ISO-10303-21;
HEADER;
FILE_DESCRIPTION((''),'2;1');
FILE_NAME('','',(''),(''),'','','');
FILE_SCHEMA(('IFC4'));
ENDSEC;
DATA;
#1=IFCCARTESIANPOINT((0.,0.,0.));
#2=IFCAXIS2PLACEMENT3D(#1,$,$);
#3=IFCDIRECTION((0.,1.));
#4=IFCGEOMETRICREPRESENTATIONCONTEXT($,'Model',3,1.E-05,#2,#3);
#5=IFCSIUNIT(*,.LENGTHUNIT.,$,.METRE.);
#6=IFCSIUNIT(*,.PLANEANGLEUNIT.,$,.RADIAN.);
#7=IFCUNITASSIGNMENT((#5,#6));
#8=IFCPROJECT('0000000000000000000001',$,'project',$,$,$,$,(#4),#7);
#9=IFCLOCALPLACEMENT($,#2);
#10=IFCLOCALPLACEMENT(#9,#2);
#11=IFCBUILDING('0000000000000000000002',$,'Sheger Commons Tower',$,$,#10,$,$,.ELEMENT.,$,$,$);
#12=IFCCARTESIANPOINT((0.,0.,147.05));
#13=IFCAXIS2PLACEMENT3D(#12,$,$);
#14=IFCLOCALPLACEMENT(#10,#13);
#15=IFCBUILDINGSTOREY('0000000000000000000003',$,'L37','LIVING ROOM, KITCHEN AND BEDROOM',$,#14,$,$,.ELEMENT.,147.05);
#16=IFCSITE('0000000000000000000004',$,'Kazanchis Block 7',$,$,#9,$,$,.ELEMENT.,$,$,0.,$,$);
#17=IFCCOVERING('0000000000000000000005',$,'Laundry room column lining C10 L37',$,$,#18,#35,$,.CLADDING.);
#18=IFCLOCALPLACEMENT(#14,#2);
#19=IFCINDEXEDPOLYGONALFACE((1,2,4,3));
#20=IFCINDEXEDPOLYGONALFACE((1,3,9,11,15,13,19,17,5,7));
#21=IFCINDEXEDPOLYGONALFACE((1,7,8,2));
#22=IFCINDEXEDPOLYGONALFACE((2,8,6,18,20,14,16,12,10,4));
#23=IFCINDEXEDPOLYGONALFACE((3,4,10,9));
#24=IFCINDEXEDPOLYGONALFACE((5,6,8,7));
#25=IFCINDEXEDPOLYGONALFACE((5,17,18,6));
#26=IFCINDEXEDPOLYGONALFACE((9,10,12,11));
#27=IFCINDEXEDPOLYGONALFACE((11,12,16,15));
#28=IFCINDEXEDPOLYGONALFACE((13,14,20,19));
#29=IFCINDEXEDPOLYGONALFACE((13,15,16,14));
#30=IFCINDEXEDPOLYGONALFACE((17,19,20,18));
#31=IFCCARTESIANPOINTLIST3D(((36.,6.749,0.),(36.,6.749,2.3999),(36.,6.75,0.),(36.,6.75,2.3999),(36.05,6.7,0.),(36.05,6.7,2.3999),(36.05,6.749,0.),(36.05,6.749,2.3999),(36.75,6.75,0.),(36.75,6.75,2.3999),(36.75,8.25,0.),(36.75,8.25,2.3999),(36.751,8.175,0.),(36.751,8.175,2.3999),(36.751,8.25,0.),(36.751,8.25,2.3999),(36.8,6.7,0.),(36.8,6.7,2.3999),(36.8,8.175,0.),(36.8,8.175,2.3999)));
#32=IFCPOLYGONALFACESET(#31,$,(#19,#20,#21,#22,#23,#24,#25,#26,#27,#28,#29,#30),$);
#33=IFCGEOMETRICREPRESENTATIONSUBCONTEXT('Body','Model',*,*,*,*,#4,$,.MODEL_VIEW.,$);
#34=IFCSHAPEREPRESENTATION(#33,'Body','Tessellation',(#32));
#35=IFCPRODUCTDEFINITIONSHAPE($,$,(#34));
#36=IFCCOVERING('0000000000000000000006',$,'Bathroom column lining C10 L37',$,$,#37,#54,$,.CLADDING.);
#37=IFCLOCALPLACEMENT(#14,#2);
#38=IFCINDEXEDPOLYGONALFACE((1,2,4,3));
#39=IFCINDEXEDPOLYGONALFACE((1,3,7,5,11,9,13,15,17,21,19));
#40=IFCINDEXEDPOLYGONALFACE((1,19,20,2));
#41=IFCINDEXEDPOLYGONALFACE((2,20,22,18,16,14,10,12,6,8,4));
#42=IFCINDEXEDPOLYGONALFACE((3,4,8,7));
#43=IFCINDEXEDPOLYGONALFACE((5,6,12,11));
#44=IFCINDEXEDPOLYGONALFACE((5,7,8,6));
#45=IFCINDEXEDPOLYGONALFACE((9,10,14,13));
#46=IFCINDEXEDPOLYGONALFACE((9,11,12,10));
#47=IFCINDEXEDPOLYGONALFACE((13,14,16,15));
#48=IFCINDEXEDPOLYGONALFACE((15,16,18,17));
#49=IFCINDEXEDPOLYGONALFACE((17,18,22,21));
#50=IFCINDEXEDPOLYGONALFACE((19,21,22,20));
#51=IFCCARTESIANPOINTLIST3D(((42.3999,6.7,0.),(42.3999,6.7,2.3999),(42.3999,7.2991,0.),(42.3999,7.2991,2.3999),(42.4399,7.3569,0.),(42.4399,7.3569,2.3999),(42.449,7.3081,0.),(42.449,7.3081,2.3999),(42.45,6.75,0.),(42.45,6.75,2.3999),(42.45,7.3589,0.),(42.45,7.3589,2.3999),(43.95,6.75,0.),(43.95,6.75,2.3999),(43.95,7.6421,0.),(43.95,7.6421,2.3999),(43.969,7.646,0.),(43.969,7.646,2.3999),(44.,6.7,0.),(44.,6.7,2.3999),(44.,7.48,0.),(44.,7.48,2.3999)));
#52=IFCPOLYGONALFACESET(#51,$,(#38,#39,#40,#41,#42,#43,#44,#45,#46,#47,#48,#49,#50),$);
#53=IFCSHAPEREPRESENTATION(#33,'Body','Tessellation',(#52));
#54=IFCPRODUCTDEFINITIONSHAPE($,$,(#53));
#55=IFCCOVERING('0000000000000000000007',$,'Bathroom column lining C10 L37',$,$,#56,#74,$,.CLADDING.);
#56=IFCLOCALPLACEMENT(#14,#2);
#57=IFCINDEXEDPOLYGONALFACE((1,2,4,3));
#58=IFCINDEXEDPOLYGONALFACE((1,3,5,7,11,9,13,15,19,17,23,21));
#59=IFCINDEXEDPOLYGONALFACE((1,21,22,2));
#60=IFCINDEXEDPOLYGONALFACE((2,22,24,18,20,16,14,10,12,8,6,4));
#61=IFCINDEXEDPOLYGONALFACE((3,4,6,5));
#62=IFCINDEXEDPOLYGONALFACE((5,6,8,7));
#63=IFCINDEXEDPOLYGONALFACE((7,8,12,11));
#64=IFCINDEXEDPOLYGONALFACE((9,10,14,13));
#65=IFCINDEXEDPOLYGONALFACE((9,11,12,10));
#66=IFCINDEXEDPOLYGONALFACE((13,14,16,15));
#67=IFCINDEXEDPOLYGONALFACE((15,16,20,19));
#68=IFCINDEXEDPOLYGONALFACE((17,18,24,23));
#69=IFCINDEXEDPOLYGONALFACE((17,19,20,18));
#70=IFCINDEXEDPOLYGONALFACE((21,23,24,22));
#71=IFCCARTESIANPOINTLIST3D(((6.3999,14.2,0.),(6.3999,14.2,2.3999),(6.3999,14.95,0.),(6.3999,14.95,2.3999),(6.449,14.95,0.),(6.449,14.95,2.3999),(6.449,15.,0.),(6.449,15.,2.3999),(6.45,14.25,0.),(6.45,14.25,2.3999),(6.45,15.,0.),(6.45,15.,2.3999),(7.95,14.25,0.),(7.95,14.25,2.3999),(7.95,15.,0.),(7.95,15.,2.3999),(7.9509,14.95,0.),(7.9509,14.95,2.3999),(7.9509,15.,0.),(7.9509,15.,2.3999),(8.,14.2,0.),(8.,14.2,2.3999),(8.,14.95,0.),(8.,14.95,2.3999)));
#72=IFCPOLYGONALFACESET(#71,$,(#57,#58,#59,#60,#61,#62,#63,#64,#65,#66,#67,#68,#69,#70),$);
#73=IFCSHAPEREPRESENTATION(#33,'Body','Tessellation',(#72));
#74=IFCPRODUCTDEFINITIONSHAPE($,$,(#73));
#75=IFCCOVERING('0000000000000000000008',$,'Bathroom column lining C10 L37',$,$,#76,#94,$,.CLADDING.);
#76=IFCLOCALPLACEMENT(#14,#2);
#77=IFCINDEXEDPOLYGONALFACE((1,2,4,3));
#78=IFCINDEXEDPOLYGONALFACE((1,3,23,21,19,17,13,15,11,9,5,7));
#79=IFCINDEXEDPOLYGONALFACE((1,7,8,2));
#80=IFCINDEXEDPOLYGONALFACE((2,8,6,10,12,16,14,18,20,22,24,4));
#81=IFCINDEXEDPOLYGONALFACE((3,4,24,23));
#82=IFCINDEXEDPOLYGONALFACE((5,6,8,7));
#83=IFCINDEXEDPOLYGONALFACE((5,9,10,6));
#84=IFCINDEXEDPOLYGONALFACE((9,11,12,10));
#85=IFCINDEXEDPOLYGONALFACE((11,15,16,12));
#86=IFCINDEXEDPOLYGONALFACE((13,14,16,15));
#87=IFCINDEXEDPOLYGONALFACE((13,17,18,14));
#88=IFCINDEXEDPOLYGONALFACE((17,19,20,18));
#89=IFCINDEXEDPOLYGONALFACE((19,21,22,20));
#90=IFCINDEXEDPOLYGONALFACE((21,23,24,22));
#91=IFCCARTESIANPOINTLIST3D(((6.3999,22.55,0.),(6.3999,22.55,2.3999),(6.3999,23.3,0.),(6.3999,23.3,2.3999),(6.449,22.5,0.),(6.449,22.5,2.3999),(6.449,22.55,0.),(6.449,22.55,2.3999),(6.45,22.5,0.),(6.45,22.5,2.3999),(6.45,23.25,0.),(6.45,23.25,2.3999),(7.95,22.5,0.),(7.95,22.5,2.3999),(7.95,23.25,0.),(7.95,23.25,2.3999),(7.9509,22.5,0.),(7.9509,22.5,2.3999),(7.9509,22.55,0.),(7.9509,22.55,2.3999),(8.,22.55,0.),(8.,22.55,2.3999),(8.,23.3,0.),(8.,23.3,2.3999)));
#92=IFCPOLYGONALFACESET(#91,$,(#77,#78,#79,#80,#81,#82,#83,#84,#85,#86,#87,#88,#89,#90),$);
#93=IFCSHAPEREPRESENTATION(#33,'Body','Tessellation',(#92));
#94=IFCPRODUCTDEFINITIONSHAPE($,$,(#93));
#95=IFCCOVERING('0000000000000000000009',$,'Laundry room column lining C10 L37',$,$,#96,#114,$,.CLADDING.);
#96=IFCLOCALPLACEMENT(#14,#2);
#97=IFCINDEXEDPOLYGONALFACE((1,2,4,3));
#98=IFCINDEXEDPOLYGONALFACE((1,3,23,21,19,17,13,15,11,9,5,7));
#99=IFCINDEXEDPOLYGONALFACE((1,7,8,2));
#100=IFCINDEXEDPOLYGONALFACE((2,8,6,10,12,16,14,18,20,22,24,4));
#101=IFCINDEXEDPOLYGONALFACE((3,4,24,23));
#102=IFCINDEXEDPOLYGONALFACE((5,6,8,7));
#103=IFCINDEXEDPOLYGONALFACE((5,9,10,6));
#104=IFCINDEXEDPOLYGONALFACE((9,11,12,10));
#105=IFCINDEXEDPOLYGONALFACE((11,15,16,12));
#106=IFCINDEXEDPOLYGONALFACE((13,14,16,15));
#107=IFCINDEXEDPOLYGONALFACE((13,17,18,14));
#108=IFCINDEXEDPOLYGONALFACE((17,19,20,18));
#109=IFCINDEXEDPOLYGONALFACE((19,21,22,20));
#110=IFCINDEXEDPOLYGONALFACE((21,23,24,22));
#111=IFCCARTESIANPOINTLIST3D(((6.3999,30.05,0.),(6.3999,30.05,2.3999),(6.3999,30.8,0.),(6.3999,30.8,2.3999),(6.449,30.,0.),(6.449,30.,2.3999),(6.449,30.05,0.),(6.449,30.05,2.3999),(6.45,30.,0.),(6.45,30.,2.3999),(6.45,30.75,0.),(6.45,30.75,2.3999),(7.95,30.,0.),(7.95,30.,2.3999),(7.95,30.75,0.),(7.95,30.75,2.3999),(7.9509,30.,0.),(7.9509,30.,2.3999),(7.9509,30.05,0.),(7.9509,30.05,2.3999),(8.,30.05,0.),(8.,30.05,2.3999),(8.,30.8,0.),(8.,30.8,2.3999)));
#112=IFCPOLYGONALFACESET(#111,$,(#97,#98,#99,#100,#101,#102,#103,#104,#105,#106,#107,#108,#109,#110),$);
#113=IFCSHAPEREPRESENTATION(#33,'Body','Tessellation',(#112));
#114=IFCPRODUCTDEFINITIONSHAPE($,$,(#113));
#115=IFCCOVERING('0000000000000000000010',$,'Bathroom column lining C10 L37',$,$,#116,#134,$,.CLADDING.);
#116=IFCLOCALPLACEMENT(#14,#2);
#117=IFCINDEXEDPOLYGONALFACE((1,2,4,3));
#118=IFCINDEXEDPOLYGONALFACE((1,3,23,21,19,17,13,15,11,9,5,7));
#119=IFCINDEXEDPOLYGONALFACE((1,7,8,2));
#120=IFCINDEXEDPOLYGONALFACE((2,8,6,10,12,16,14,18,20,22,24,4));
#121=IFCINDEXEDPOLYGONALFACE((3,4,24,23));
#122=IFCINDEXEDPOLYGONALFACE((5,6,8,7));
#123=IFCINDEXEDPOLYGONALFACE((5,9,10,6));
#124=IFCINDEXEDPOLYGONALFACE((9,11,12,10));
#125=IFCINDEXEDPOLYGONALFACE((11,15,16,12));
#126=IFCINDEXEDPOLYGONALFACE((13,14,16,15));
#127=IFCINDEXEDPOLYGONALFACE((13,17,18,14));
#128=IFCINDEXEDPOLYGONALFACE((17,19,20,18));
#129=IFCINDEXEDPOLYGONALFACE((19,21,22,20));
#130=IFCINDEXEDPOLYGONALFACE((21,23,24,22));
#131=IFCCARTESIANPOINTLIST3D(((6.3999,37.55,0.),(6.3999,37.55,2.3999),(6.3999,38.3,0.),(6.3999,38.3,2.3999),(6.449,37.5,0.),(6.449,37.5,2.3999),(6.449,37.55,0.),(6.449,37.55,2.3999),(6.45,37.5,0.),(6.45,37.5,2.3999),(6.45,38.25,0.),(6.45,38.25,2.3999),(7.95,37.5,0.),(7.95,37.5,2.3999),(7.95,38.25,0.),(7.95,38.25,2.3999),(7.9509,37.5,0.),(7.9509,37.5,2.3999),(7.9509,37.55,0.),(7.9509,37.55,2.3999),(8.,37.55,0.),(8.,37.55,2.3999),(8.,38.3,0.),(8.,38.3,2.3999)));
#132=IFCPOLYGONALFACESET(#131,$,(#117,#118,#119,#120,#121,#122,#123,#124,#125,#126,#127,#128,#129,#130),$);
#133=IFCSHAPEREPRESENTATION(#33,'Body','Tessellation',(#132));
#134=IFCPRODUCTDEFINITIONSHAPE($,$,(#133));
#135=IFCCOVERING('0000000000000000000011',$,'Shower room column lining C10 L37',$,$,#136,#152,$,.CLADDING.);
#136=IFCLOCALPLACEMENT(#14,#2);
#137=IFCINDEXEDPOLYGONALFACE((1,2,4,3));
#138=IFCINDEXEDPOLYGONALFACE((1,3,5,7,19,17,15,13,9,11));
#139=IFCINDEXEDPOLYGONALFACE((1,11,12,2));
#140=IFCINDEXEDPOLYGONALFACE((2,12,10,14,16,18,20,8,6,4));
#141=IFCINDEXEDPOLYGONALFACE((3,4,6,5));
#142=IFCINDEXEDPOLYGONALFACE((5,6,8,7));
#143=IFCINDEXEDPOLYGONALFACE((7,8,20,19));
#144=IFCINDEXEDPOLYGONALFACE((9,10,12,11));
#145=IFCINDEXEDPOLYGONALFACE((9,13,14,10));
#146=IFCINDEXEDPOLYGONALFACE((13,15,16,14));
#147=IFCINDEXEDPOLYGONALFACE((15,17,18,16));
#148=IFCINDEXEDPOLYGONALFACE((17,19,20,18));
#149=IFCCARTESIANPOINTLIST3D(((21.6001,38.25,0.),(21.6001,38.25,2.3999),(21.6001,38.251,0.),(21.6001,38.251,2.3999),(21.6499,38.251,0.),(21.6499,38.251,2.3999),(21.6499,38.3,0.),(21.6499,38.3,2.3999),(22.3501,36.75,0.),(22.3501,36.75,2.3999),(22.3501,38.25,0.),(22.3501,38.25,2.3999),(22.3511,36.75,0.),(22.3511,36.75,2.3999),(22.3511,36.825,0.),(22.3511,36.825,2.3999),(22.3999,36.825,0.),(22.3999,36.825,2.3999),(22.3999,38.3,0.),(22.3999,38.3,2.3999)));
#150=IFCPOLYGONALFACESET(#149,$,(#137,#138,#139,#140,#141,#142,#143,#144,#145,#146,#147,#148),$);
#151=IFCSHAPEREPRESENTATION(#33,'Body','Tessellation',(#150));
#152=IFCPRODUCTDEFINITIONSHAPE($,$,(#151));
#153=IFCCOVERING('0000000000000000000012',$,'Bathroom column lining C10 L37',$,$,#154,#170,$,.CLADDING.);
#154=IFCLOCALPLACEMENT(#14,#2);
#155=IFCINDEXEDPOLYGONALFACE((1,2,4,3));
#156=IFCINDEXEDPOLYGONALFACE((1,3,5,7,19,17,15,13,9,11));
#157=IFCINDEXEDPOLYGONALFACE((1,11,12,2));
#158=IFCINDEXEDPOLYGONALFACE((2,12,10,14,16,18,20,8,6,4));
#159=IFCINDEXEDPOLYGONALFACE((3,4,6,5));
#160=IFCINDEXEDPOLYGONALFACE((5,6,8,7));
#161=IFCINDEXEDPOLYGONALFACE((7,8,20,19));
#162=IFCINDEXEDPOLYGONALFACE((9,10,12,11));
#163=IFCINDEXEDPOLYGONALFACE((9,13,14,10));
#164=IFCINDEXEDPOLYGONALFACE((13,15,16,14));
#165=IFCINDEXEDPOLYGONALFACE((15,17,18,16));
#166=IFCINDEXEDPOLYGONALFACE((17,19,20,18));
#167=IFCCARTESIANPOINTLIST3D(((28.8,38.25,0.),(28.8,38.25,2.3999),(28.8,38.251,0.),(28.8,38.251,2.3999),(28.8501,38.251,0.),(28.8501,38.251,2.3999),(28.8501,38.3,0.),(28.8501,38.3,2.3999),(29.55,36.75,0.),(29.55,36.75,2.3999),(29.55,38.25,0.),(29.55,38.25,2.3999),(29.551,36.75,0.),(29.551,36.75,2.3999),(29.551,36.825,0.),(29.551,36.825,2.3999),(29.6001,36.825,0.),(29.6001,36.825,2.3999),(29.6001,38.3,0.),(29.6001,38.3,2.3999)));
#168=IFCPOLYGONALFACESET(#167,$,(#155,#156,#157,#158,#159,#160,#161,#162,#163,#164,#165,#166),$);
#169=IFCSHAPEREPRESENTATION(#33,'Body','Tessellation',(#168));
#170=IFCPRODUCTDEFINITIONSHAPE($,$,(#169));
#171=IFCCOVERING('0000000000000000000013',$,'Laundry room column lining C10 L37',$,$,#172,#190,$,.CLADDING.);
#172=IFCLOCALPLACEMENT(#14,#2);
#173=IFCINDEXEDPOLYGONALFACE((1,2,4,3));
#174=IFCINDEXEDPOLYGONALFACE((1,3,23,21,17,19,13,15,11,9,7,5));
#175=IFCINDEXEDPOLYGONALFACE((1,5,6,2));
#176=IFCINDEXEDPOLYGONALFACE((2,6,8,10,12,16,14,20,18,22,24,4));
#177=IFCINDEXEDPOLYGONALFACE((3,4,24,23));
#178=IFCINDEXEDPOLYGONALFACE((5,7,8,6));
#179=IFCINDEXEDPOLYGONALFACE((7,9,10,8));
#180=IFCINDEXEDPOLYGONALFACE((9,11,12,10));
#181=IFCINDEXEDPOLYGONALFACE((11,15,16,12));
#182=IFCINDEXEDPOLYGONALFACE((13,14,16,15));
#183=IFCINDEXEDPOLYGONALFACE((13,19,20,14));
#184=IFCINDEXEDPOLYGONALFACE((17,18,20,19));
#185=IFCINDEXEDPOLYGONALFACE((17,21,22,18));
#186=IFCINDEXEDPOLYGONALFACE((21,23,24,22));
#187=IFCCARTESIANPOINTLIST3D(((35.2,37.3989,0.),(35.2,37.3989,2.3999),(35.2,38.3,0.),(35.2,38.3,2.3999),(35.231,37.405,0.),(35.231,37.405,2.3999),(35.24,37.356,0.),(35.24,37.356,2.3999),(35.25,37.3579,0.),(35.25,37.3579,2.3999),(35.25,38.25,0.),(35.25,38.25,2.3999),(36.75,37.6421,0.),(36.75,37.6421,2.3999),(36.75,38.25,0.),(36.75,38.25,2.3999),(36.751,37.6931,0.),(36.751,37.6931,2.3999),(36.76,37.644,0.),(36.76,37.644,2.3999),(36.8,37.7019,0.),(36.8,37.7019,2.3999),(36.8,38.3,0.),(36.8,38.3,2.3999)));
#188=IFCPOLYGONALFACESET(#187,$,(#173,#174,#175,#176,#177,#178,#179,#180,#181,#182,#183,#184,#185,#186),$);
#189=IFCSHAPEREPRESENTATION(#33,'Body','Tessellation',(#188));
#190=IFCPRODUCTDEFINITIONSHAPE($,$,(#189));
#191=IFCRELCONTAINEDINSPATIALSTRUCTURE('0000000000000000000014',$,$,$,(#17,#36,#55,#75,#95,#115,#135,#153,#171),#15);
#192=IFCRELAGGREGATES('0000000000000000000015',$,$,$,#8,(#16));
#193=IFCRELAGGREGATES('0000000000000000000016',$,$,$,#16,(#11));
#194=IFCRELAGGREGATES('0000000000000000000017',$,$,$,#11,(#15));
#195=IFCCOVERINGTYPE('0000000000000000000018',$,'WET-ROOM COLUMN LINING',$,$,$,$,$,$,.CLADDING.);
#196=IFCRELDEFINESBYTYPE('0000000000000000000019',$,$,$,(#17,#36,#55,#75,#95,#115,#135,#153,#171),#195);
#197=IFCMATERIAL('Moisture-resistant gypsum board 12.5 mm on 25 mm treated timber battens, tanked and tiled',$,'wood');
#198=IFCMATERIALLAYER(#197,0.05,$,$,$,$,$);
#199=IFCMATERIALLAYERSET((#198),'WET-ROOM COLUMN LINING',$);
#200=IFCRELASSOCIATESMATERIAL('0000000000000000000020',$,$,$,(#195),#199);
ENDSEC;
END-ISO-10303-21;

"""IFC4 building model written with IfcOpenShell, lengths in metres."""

from ifc_helpers import new_model, si_unit, direction, frame, origin, place, context, subcontext, project, spatial, polyline, outline, extrude, material, layer, layer_set, type_object, element, save


model = new_model("IFC4")

# Units and contexts
model_context = context("Model", 3, precision=1e-05, world=origin(), true_north=direction((0.0, 1.0)))
body_context = subcontext(model_context, "Body", "Model", "MODEL_VIEW")
ifc_project = project(units=[si_unit("LENGTHUNIT", "METRE"), si_unit("PLANEANGLEUNIT", "RADIAN")], contexts=[model_context])

# Site, building, storey
site_placement = place(None, origin())
site = spatial("IfcSite", under=ifc_project, at=site_placement, Name="Kazanchis Block 7", CompositionType="ELEMENT", RefElevation=0.0)
building_placement = place(site_placement, origin())
building = spatial("IfcBuilding", under=site, at=building_placement, Name="Sheger Commons Tower", CompositionType="ELEMENT")
storey_placement = place(building_placement, frame((0.0, 0.0, 147.05)))
storey = spatial("IfcBuildingStorey", under=building, at=storey_placement, Name="L37", Description="LIVING ROOM, KITCHEN AND BEDROOM", CompositionType="ELEMENT", Elevation=147.05)

# Coverings
ifc_material_1 = material(Name="Moisture-resistant gypsum board 12.5 mm on 25 mm treated timber battens, tanked and tiled", Category="wood")
ifc_layer_1 = layer(ifc_material_1, 0.05)
ifc_layer_set_1 = layer_set([ifc_layer_1], Name="WET-ROOM COLUMN LINING")
covering_type_1 = type_object("IfcCoveringType", Name="WET-ROOM COLUMN LINING", PredefinedType="CLADDING", material=ifc_layer_set_1)
covering_1_placement = place(storey_placement, origin())
element("IfcCovering", 1, at=covering_1_placement, inside=storey, type_object=covering_type_1, Name="Laundry room column lining C10 L37", PredefinedType="CLADDING", context=body_context, shape_type="SweptSolid", body=[
    extrude(outline(polyline([(36.05, 6.7), (36.05, 6.749), (36.0, 6.749), (36.0, 6.75), (36.75, 6.75), (36.75, 8.25), (36.751, 8.25), (36.751, 8.175), (36.8, 8.175), (36.8, 6.7), (36.05, 6.7)])), origin(), (0.0, 0.0, 1.0), 2.3999),
])
covering_2_placement = place(storey_placement, origin())
element("IfcCovering", 2, at=covering_2_placement, inside=storey, type_object=covering_type_1, Name="Bathroom column lining C10 L37", PredefinedType="CLADDING", context=body_context, shape_type="SweptSolid", body=[
    extrude(outline(polyline([(42.45, 7.3589), (42.45, 6.75), (43.95, 6.75), (43.95, 7.6421), (43.969, 7.646), (44.0, 7.48), (44.0, 6.7), (42.3999, 6.7), (42.3999, 7.2991), (42.449, 7.3081), (42.4399, 7.3569), (42.45, 7.3589)])), origin(), (0.0, 0.0, 1.0), 2.3999),
])
covering_3_placement = place(storey_placement, origin())
element("IfcCovering", 3, at=covering_3_placement, inside=storey, type_object=covering_type_1, Name="Bathroom column lining C10 L37", PredefinedType="CLADDING", context=body_context, shape_type="SweptSolid", body=[
    extrude(outline(polyline([(6.45, 15.0), (6.45, 14.25), (7.95, 14.25), (7.95, 15.0), (7.9509, 15.0), (7.9509, 14.95), (8.0, 14.95), (8.0, 14.2), (6.3999, 14.2), (6.3999, 14.95), (6.449, 14.95), (6.449, 15.0), (6.45, 15.0)])), origin(), (0.0, 0.0, 1.0), 2.3999),
])
covering_4_placement = place(storey_placement, origin())
element("IfcCovering", 4, at=covering_4_placement, inside=storey, type_object=covering_type_1, Name="Bathroom column lining C10 L37", PredefinedType="CLADDING", context=body_context, shape_type="SweptSolid", body=[
    extrude(outline(polyline([(8.0, 23.3), (8.0, 22.55), (7.9509, 22.55), (7.9509, 22.5), (7.95, 22.5), (7.95, 23.25), (6.45, 23.25), (6.45, 22.5), (6.449, 22.5), (6.449, 22.55), (6.3999, 22.55), (6.3999, 23.3), (8.0, 23.3)])), origin(), (0.0, 0.0, 1.0), 2.3999),
])
covering_5_placement = place(storey_placement, origin())
element("IfcCovering", 5, at=covering_5_placement, inside=storey, type_object=covering_type_1, Name="Laundry room column lining C10 L37", PredefinedType="CLADDING", context=body_context, shape_type="SweptSolid", body=[
    extrude(outline(polyline([(8.0, 30.8), (8.0, 30.05), (7.9509, 30.05), (7.9509, 30.0), (7.95, 30.0), (7.95, 30.75), (6.45, 30.75), (6.45, 30.0), (6.449, 30.0), (6.449, 30.05), (6.3999, 30.05), (6.3999, 30.8), (8.0, 30.8)])), origin(), (0.0, 0.0, 1.0), 2.3999),
])
covering_6_placement = place(storey_placement, origin())
element("IfcCovering", 6, at=covering_6_placement, inside=storey, type_object=covering_type_1, Name="Bathroom column lining C10 L37", PredefinedType="CLADDING", context=body_context, shape_type="SweptSolid", body=[
    extrude(outline(polyline([(8.0, 38.3), (8.0, 37.55), (7.9509, 37.55), (7.9509, 37.5), (7.95, 37.5), (7.95, 38.25), (6.45, 38.25), (6.45, 37.5), (6.449, 37.5), (6.449, 37.55), (6.3999, 37.55), (6.3999, 38.3), (8.0, 38.3)])), origin(), (0.0, 0.0, 1.0), 2.3999),
])
covering_7_placement = place(storey_placement, origin())
element("IfcCovering", 7, at=covering_7_placement, inside=storey, type_object=covering_type_1, Name="Shower room column lining C10 L37", PredefinedType="CLADDING", context=body_context, shape_type="SweptSolid", body=[
    extrude(outline(polyline([(22.3999, 36.825), (22.3511, 36.825), (22.3511, 36.75), (22.3501, 36.75), (22.3501, 38.25), (21.6001, 38.25), (21.6001, 38.251), (21.6499, 38.251), (21.6499, 38.3), (22.3999, 38.3), (22.3999, 36.825)])), origin(), (0.0, 0.0, 1.0), 2.3999),
])
covering_8_placement = place(storey_placement, origin())
element("IfcCovering", 8, at=covering_8_placement, inside=storey, type_object=covering_type_1, Name="Bathroom column lining C10 L37", PredefinedType="CLADDING", context=body_context, shape_type="SweptSolid", body=[
    extrude(outline(polyline([(29.6001, 36.825), (29.551, 36.825), (29.551, 36.75), (29.55, 36.75), (29.55, 38.25), (28.8, 38.25), (28.8, 38.251), (28.8501, 38.251), (28.8501, 38.3), (29.6001, 38.3), (29.6001, 36.825)])), origin(), (0.0, 0.0, 1.0), 2.3999),
])
covering_9_placement = place(storey_placement, origin())
element("IfcCovering", 9, at=covering_9_placement, inside=storey, type_object=covering_type_1, Name="Laundry room column lining C10 L37", PredefinedType="CLADDING", context=body_context, shape_type="SweptSolid", body=[
    extrude(outline(polyline([(36.8, 38.3), (36.8, 37.7019), (36.751, 37.6931), (36.76, 37.644), (36.75, 37.6421), (36.75, 38.25), (35.25, 38.25), (35.25, 37.3579), (35.24, 37.356), (35.231, 37.405), (35.2, 37.3989), (35.2, 38.3), (36.8, 38.3)])), origin(), (0.0, 0.0, 1.0), 2.3999),
])

save(model, "model.ifc")
